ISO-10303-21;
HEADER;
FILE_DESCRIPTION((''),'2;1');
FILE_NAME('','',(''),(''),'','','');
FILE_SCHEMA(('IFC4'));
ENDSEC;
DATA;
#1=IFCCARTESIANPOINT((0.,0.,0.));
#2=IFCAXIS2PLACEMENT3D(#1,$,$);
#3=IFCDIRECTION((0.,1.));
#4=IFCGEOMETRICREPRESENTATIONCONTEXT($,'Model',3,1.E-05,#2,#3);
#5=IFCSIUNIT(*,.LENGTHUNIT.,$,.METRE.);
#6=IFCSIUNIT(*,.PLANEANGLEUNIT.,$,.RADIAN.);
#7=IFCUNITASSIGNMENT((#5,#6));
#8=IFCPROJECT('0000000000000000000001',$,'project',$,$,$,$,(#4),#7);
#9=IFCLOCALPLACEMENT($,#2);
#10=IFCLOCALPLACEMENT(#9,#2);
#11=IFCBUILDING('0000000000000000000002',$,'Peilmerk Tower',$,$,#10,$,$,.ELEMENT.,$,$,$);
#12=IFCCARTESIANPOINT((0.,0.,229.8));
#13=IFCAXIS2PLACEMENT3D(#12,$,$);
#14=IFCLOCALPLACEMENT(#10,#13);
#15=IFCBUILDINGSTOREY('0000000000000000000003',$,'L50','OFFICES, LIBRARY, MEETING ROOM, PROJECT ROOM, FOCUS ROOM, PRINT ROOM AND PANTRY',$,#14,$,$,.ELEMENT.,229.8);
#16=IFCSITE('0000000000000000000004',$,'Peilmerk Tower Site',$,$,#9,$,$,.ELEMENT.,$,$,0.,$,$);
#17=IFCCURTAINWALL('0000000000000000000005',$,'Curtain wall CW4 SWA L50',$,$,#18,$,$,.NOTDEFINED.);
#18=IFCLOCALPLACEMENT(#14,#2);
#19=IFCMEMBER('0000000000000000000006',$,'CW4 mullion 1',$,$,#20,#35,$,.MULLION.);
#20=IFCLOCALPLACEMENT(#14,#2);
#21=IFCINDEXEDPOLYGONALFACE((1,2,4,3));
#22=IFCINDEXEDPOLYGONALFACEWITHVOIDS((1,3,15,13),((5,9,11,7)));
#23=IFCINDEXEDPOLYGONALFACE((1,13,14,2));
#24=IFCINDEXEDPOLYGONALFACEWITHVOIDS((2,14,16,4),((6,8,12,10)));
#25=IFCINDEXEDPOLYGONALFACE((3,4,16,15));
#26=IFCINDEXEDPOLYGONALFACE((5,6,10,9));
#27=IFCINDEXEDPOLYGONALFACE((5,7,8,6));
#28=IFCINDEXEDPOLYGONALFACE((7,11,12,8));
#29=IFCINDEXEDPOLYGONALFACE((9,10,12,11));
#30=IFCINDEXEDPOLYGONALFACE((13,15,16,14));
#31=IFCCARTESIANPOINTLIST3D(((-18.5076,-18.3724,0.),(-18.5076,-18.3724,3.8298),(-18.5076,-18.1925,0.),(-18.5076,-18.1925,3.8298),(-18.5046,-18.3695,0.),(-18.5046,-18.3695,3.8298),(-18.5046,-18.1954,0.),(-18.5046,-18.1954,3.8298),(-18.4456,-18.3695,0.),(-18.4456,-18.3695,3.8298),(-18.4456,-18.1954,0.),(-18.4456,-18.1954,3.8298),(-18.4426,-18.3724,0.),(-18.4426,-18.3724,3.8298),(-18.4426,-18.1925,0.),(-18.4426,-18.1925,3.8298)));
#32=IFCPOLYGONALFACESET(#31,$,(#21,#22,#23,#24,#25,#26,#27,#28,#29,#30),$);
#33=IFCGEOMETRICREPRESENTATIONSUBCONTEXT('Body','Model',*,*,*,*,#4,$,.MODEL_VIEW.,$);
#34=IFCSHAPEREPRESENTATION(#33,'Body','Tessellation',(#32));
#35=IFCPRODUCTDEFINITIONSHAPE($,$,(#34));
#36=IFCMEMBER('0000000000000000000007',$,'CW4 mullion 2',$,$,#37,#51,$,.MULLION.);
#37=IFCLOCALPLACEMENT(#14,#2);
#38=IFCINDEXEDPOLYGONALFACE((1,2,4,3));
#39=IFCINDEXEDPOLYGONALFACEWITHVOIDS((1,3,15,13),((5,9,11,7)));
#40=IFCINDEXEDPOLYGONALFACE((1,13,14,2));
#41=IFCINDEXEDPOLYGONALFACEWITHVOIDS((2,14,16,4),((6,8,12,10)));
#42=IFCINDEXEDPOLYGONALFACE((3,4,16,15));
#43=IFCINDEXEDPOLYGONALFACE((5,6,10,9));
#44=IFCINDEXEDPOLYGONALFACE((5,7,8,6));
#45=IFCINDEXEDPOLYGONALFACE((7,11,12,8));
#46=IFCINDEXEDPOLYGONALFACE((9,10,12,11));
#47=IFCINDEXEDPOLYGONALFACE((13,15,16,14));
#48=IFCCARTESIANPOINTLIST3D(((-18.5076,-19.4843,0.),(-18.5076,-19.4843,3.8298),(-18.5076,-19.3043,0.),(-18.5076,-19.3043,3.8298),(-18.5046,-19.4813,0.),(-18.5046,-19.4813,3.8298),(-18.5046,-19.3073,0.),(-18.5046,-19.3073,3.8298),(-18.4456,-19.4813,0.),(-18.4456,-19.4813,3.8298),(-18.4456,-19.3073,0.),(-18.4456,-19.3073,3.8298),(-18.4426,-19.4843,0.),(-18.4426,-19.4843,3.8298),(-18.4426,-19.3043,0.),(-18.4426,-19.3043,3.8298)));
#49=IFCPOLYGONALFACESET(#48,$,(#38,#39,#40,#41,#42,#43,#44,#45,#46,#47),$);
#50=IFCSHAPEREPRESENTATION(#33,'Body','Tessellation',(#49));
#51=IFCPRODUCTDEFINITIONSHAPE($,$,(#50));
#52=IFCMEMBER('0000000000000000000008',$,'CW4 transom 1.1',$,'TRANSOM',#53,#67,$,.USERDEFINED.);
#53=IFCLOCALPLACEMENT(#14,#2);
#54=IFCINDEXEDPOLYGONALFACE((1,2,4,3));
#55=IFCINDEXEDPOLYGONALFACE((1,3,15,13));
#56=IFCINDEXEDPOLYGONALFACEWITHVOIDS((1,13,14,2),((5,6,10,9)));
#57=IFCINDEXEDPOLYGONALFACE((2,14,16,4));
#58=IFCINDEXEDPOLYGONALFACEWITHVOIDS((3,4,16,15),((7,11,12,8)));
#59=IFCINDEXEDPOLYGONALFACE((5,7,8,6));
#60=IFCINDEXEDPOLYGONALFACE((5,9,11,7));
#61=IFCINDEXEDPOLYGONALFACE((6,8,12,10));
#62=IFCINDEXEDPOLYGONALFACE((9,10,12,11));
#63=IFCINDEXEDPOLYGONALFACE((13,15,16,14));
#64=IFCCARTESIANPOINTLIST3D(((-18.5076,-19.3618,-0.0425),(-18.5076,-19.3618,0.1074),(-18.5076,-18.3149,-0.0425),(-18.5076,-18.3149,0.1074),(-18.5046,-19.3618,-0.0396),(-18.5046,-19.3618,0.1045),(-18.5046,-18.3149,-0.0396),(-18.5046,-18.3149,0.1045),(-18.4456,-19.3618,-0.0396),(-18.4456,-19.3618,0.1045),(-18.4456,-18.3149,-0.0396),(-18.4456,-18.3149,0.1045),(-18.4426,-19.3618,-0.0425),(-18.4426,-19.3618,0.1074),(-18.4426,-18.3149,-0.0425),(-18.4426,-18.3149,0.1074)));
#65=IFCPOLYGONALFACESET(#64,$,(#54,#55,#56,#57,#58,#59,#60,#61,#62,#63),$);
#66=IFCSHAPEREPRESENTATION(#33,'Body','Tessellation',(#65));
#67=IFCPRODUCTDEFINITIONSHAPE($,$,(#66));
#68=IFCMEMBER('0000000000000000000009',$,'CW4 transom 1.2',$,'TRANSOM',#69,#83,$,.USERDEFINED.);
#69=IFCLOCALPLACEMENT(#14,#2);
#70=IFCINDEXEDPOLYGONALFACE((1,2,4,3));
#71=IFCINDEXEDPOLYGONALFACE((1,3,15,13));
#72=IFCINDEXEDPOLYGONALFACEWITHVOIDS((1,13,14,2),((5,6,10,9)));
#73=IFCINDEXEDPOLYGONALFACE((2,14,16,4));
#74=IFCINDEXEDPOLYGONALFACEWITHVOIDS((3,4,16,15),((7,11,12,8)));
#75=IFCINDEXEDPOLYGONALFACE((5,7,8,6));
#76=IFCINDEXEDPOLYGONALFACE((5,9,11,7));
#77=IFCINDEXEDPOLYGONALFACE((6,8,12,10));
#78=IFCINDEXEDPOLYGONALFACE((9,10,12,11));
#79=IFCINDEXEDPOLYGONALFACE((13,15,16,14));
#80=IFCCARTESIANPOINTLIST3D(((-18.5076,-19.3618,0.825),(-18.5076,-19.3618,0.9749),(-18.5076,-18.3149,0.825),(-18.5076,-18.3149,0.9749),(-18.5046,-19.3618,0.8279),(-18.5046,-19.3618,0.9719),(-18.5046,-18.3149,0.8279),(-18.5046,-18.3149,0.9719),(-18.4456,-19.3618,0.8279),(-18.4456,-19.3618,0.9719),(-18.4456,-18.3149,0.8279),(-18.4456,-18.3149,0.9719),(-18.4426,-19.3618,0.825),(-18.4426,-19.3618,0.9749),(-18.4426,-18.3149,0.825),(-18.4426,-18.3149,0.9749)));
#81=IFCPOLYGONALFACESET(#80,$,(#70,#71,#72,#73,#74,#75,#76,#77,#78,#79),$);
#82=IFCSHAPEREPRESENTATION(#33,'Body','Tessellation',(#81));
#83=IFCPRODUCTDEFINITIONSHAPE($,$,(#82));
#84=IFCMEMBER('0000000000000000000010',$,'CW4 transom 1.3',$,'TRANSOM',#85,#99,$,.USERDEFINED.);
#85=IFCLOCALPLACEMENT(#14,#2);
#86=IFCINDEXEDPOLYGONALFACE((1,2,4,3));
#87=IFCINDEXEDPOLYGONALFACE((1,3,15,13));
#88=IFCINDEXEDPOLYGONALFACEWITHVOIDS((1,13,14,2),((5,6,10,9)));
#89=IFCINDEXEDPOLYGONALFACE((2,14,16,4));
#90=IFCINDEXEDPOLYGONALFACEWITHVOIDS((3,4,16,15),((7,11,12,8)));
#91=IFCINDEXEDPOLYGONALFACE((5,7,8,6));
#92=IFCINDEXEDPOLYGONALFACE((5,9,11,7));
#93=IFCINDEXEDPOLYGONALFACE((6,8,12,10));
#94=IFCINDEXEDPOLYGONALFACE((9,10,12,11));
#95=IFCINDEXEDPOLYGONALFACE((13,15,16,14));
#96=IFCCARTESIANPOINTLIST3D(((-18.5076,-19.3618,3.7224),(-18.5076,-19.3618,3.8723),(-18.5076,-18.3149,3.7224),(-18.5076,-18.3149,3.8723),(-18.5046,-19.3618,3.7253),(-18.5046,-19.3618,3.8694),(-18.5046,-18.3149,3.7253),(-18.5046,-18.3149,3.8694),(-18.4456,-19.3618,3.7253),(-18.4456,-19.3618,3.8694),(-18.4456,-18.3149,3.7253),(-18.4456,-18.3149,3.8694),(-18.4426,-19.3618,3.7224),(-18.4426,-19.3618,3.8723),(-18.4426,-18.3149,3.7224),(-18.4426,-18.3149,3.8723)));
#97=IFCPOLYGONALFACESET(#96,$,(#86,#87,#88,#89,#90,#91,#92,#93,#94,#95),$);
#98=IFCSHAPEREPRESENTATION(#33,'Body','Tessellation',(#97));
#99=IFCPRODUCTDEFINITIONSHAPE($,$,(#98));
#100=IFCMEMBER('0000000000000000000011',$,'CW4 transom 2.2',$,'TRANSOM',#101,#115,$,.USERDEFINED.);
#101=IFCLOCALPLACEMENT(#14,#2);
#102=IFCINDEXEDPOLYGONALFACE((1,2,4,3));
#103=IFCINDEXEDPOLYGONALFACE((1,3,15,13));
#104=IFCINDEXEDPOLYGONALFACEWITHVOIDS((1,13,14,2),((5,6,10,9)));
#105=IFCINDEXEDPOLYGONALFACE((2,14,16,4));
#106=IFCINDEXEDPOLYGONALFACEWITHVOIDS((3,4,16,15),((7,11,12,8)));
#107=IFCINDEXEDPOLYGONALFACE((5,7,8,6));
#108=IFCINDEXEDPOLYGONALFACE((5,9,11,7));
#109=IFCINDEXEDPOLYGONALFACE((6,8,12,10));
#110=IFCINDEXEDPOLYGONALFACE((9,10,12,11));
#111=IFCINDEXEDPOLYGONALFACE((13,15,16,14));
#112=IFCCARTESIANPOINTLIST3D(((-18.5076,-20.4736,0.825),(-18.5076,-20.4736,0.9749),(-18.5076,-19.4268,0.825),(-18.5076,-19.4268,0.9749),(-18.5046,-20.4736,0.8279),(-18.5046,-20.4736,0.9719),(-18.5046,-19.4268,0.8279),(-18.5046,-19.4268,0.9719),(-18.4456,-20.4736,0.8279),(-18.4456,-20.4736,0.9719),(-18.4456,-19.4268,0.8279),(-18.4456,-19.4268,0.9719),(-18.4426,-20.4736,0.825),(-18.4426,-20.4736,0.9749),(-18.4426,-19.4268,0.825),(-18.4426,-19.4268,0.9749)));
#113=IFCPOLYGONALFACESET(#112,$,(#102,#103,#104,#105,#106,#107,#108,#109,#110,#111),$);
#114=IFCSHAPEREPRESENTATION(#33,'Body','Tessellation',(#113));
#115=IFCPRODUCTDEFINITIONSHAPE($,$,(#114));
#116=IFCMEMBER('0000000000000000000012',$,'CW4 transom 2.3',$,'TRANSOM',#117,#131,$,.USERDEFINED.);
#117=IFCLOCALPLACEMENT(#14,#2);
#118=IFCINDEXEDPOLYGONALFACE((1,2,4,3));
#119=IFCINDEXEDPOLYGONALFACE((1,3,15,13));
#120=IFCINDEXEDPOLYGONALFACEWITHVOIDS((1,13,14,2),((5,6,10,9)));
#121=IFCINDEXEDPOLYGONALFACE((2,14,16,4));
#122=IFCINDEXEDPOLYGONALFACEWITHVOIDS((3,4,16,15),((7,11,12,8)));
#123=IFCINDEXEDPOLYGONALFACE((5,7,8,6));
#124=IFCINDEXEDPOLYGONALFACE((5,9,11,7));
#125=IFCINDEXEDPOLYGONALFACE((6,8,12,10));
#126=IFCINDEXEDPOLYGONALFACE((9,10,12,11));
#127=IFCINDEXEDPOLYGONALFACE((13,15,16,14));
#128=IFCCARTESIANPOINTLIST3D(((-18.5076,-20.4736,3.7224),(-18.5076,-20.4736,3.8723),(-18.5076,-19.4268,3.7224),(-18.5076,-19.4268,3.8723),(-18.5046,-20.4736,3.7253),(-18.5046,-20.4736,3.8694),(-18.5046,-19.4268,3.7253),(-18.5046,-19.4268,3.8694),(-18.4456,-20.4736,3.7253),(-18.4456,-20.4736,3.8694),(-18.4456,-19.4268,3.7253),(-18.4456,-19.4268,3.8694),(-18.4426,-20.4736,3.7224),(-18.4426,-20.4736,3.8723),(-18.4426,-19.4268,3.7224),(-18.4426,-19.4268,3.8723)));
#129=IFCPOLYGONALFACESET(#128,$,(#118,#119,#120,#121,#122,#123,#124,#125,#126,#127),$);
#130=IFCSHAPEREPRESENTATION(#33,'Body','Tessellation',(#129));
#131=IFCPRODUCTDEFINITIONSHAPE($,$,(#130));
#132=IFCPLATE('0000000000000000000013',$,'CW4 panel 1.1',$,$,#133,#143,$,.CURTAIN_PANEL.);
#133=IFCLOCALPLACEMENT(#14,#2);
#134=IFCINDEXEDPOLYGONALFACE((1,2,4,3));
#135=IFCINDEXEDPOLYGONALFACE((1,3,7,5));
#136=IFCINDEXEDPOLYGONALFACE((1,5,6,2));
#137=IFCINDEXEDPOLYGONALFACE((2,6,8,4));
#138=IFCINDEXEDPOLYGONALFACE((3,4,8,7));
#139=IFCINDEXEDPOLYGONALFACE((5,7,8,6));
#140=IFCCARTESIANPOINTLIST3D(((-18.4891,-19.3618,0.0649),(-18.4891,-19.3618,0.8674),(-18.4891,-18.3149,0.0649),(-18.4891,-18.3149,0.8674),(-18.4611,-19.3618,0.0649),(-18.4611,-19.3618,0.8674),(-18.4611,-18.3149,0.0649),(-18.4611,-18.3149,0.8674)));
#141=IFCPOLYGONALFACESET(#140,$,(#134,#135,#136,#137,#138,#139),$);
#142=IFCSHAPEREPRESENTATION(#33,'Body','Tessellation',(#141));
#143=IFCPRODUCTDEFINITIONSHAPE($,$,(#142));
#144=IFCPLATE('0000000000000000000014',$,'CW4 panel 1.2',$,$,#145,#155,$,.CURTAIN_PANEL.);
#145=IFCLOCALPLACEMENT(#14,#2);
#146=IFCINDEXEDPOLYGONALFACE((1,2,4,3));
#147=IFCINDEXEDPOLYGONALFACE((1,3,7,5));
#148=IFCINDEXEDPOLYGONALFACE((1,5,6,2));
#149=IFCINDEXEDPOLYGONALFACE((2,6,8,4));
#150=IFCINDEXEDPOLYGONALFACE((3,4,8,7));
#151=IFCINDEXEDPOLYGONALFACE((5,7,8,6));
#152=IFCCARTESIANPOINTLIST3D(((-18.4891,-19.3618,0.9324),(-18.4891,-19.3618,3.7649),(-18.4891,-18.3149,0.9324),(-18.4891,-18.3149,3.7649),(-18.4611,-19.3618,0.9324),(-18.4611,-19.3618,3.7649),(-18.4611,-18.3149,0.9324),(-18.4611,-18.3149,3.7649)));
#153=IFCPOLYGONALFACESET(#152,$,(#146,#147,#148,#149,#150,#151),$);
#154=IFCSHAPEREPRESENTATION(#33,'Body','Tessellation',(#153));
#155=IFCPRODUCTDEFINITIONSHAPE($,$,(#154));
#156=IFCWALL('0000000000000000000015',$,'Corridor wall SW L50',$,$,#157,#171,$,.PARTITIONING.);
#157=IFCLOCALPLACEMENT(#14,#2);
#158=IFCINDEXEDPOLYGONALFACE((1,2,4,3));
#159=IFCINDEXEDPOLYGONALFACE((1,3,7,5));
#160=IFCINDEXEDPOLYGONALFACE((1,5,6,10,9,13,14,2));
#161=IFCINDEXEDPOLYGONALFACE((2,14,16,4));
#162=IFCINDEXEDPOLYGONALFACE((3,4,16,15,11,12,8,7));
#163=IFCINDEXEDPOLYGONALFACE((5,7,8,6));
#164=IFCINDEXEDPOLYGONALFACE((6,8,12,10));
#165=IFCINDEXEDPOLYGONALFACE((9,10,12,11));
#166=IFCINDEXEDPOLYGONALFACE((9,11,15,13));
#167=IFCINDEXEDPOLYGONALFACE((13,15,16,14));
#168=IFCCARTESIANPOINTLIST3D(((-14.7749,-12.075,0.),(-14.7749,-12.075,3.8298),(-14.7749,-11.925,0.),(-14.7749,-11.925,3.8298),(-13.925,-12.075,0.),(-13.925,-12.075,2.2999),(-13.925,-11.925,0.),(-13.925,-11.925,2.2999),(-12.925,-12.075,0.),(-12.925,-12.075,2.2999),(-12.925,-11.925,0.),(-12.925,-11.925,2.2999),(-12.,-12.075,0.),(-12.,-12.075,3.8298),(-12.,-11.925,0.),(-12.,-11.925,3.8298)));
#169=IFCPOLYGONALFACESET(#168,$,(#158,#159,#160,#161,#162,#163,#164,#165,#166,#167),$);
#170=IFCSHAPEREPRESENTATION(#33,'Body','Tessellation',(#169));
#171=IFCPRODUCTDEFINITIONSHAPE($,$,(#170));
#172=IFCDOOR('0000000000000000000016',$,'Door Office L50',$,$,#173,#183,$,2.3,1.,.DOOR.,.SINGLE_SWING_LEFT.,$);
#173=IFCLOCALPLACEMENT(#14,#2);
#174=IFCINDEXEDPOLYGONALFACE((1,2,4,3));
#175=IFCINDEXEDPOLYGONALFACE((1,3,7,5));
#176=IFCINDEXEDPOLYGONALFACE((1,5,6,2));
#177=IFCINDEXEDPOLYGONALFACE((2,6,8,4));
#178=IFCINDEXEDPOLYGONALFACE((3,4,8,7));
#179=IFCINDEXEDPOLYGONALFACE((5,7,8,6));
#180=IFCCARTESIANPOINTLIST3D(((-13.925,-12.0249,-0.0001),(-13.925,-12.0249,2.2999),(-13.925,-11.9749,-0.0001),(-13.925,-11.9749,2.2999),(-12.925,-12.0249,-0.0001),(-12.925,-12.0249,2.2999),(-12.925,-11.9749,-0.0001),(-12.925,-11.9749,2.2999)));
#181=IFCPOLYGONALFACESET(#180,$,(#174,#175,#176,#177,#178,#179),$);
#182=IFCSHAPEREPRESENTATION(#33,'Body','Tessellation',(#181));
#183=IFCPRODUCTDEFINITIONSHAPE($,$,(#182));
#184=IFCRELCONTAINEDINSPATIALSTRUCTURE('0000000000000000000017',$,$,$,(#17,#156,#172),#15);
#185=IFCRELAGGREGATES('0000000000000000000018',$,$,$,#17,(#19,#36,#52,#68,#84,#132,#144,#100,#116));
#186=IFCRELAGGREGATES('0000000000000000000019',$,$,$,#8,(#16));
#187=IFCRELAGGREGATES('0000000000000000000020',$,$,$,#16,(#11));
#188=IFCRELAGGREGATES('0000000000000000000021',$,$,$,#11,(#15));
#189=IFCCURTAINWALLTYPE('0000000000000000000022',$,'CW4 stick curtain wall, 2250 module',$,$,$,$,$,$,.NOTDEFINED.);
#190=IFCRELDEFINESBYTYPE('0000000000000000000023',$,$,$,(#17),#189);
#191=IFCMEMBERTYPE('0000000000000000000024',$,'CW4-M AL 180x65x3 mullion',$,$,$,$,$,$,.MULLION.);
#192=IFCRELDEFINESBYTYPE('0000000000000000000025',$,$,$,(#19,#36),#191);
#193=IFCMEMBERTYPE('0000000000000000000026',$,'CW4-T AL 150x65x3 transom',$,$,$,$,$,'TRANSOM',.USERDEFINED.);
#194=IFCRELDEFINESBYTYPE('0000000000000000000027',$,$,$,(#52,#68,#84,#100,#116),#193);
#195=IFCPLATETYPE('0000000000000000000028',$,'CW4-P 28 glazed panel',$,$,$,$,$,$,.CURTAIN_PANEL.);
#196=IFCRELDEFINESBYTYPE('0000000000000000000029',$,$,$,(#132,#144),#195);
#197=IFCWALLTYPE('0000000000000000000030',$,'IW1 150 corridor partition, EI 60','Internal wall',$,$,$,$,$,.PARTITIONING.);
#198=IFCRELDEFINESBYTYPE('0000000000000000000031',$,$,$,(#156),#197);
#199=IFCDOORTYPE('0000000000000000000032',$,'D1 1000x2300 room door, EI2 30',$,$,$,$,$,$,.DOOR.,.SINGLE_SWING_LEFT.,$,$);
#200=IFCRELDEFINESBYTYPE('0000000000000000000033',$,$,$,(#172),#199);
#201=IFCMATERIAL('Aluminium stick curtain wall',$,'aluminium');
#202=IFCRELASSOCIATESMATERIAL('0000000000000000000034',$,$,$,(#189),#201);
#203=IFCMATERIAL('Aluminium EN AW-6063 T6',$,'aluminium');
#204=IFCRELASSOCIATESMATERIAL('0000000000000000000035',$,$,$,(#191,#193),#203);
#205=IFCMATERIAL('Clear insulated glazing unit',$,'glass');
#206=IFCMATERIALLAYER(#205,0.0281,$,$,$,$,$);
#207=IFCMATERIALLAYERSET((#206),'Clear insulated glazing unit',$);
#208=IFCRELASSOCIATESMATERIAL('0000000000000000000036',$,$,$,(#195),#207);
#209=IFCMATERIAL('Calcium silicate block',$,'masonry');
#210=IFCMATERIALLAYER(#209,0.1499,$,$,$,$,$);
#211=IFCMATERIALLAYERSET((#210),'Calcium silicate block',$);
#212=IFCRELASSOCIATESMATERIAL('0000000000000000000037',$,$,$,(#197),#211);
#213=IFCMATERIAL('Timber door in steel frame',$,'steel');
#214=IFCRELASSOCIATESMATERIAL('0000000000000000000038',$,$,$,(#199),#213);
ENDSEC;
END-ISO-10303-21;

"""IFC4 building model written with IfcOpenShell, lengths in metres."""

from ifc_helpers import new_model, si_unit, direction, frame, frame_2d, origin, origin_2d, place, context, subcontext, project, spatial, rectangle, hollow_rectangle, extrude, material, layer, layer_set, material_profile, profile_set, type_object, element, fill, aggregate, save


model = new_model("IFC4")

# Units and contexts
model_context = context("Model", 3, precision=1e-05, world=origin(), true_north=direction((0.0, 1.0)))
body_context = subcontext(model_context, "Body", "Model", "MODEL_VIEW")
ifc_project = project(units=[si_unit("LENGTHUNIT", "METRE"), si_unit("PLANEANGLEUNIT", "RADIAN")], contexts=[model_context])

# Site, building, storey
site_placement = place(None, origin())
site = spatial("IfcSite", under=ifc_project, at=site_placement, Name="Peilmerk Tower Site", CompositionType="ELEMENT", RefElevation=0.0)
building_placement = place(site_placement, origin())
building = spatial("IfcBuilding", under=site, at=building_placement, Name="Peilmerk Tower", CompositionType="ELEMENT")
storey_placement = place(building_placement, frame((0.0, 0.0, 229.8)))
storey = spatial("IfcBuildingStorey", under=building, at=storey_placement, Name="L50", Description="OFFICES, LIBRARY, MEETING ROOM, PROJECT ROOM, FOCUS ROOM, PRINT ROOM AND PANTRY", CompositionType="ELEMENT", Elevation=229.8)

# Curtain wall, members, plates
ifc_material_1 = material(Name="Aluminium stick curtain wall", Category="aluminium")
curtain_wall_type = type_object("IfcCurtainWallType", Name="CW4 stick curtain wall, 2250 module", PredefinedType="NOTDEFINED", material=ifc_material_1)
curtain_wall_placement = place(storey_placement, origin())
curtain_wall = element("IfcCurtainWall", 1, at=curtain_wall_placement, inside=storey, type_object=curtain_wall_type, Name="Curtain wall CW4 SWA L50", PredefinedType="NOTDEFINED")
ifc_material_2 = material(Name="Aluminium EN AW-6063 T6", Category="aluminium")
ifc_material_profile_1 = material_profile(ifc_material_2, hollow_rectangle(XDim=0.0649, YDim=0.1799, WallThickness=0.0029, at=origin_2d()), Name="AL 180x65x3")
ifc_profile_set_1 = profile_set([ifc_material_profile_1], Name="Aluminium EN AW-6063 T6")
member_type_1 = type_object("IfcMemberType", Name="CW4-M AL 180x65x3 mullion", PredefinedType="MULLION", material=ifc_profile_set_1)
member_1_placement = place(storey_placement, frame((-18.4751, -18.2825, 0.0), z_axis=(0.0, 0.0, 1.0), x_axis=(1.0, 0.0, 0.0)))
member_1 = element("IfcMember", 2, at=member_1_placement, type_object=member_type_1, Name="CW4 mullion 1", PredefinedType="MULLION", context=body_context, shape_type="SweptSolid", body=[
    extrude(hollow_rectangle(XDim=0.0649, YDim=0.1799, WallThickness=0.0029, at=origin_2d()), origin(), (0.0, 0.0, 1.0), 3.8298),
])
member_2_placement = place(storey_placement, frame((-18.4751, -19.3943, 0.0), z_axis=(0.0, 0.0, 1.0), x_axis=(1.0, 0.0, 0.0)))
member_2 = element("IfcMember", 3, at=member_2_placement, type_object=member_type_1, Name="CW4 mullion 2", PredefinedType="MULLION", context=body_context, shape_type="SweptSolid", body=[
    extrude(hollow_rectangle(XDim=0.0649, YDim=0.1799, WallThickness=0.0029, at=origin_2d()), origin(), (0.0, 0.0, 1.0), 3.8298),
])
ifc_material_profile_2 = material_profile(ifc_material_2, hollow_rectangle(XDim=0.0649, YDim=0.1499, WallThickness=0.0029, at=origin_2d()), Name="AL 150x65x3")
ifc_profile_set_2 = profile_set([ifc_material_profile_2], Name="Aluminium EN AW-6063 T6")
member_type_2 = type_object("IfcMemberType", Name="CW4-T AL 150x65x3 transom", ElementType="TRANSOM", PredefinedType="USERDEFINED", material=ifc_profile_set_2)
member_3_placement = place(storey_placement, frame((-18.4751, -18.3149, 0.0325), z_axis=(0.0, -1.0, 0.0), x_axis=(1.0, 0.0, 0.0)))
member_3 = element("IfcMember", 4, at=member_3_placement, type_object=member_type_2, Name="CW4 transom 1.1", ObjectType="TRANSOM", PredefinedType="USERDEFINED", context=body_context, shape_type="SweptSolid", body=[
    extrude(hollow_rectangle(XDim=0.0649, YDim=0.1499, WallThickness=0.0029, at=origin_2d()), origin(), (0.0, 0.0, 1.0), 1.0469),
])
member_4_placement = place(storey_placement, frame((-18.4751, -18.3149, 0.8999), z_axis=(0.0, -1.0, 0.0), x_axis=(1.0, 0.0, 0.0)))
member_4 = element("IfcMember", 5, at=member_4_placement, type_object=member_type_2, Name="CW4 transom 1.2", ObjectType="TRANSOM", PredefinedType="USERDEFINED", context=body_context, shape_type="SweptSolid", body=[
    extrude(hollow_rectangle(XDim=0.0649, YDim=0.1499, WallThickness=0.0029, at=origin_2d()), origin(), (0.0, 0.0, 1.0), 1.0469),
])
member_5_placement = place(storey_placement, frame((-18.4751, -18.3149, 3.7974), z_axis=(0.0, -1.0, 0.0), x_axis=(1.0, 0.0, 0.0)))
member_5 = element("IfcMember", 6, at=member_5_placement, type_object=member_type_2, Name="CW4 transom 1.3", ObjectType="TRANSOM", PredefinedType="USERDEFINED", context=body_context, shape_type="SweptSolid", body=[
    extrude(hollow_rectangle(XDim=0.0649, YDim=0.1499, WallThickness=0.0029, at=origin_2d()), origin(), (0.0, 0.0, 1.0), 1.0469),
])
member_6_placement = place(storey_placement, frame((-18.4751, -19.4268, 0.8999), z_axis=(0.0, -1.0, 0.0), x_axis=(1.0, 0.0, 0.0)))
member_6 = element("IfcMember", 7, at=member_6_placement, type_object=member_type_2, Name="CW4 transom 2.2", ObjectType="TRANSOM", PredefinedType="USERDEFINED", context=body_context, shape_type="SweptSolid", body=[
    extrude(hollow_rectangle(XDim=0.0649, YDim=0.1499, WallThickness=0.0029, at=origin_2d()), origin(), (0.0, 0.0, 1.0), 1.0469),
])
member_7_placement = place(storey_placement, frame((-18.4751, -19.4268, 3.7974), z_axis=(0.0, -1.0, 0.0), x_axis=(1.0, 0.0, 0.0)))
member_7 = element("IfcMember", 8, at=member_7_placement, type_object=member_type_2, Name="CW4 transom 2.3", ObjectType="TRANSOM", PredefinedType="USERDEFINED", context=body_context, shape_type="SweptSolid", body=[
    extrude(hollow_rectangle(XDim=0.0649, YDim=0.1499, WallThickness=0.0029, at=origin_2d()), origin(), (0.0, 0.0, 1.0), 1.0469),
])
ifc_material_3 = material(Name="Clear insulated glazing unit", Category="glass")
ifc_layer_1 = layer(ifc_material_3, 0.0281)
ifc_layer_set_1 = layer_set([ifc_layer_1], Name="Clear insulated glazing unit")
plate_type = type_object("IfcPlateType", Name="CW4-P 28 glazed panel", PredefinedType="CURTAIN_PANEL", material=ifc_layer_set_1)
plate_1_placement = place(storey_placement, frame((-18.4751, -18.8384, 0.0649), z_axis=(0.0, 0.0, 1.0), x_axis=(0.0, -1.0, 0.0)))
plate_1 = element("IfcPlate", 9, at=plate_1_placement, type_object=plate_type, Name="CW4 panel 1.1", PredefinedType="CURTAIN_PANEL", context=body_context, shape_type="SweptSolid", body=[
    extrude(rectangle(XDim=1.0469, YDim=0.0281, at=origin_2d()), origin(), (0.0, 0.0, 1.0), 0.8025),
])
plate_2_placement = place(storey_placement, frame((-18.4751, -18.8384, 0.9324), z_axis=(0.0, 0.0, 1.0), x_axis=(0.0, -1.0, 0.0)))
plate_2 = element("IfcPlate", 10, at=plate_2_placement, type_object=plate_type, Name="CW4 panel 1.2", PredefinedType="CURTAIN_PANEL", context=body_context, shape_type="SweptSolid", body=[
    extrude(rectangle(XDim=1.0469, YDim=0.0281, at=origin_2d()), origin(), (0.0, 0.0, 1.0), 2.8325),
])
aggregate(curtain_wall, [member_1, member_2, member_3, member_4, member_5, plate_1, plate_2, member_6, member_7])

# Wall, opening, door
ifc_material_4 = material(Name="Calcium silicate block", Category="masonry")
ifc_layer_2 = layer(ifc_material_4, 0.1499)
ifc_layer_set_2 = layer_set([ifc_layer_2], Name="Calcium silicate block")
wall_type_1 = type_object("IfcWallType", Name="IW1 150 corridor partition, EI 60", Description="Internal wall", PredefinedType="PARTITIONING", material=ifc_layer_set_2)
wall_1_placement = place(storey_placement, frame((-12.0, -12.0, 0.0), z_axis=(0.0, 0.0, 1.0), x_axis=(-1.0, 0.0, 0.0)))
wall_1 = element("IfcWall", 11, at=wall_1_placement, inside=storey, type_object=wall_type_1, Name="Corridor wall SW L50", PredefinedType="PARTITIONING", context=body_context, shape_type="SweptSolid", body=[
    extrude(rectangle(XDim=2.7749, YDim=0.1499, at=frame_2d((1.3875, 0.0))), origin(), (0.0, 0.0, 1.0), 3.8298),
])
opening_placement = place(wall_1_placement, frame((0.925, 0.0, 0.0)))
opening = element("IfcOpeningElement", 12, at=opening_placement, cuts=wall_1, PredefinedType="OPENING", context=body_context, shape_type="SweptSolid", body=[
    extrude(rectangle(XDim=1.0, YDim=2.3, at=frame_2d((0.5, 1.1499))), frame((0.0, 0.085, 0.0), z_axis=(0.0, -1.0, 0.0), x_axis=(1.0, 0.0, 0.0)), (0.0, 0.0, 1.0), 0.1699),
])
ifc_material_5 = material(Name="Timber door in steel frame", Category="steel")
door_type = type_object("IfcDoorType", Name="D1 1000x2300 room door, EI2 30", OperationType="SINGLE_SWING_LEFT", PredefinedType="DOOR", material=ifc_material_5)
door_placement = place(opening_placement, origin())
door = element("IfcDoor", 13, at=door_placement, inside=storey, type_object=door_type, Name="Door Office L50", OperationType="SINGLE_SWING_LEFT", OverallHeight=2.3, OverallWidth=1.0, PredefinedType="DOOR", context=body_context, shape_type="SweptSolid", body=[
    extrude(rectangle(XDim=1.0, YDim=2.3, at=frame_2d((0.5, 1.1499))), frame((0.0, 0.0249, 0.0), z_axis=(0.0, -1.0, 0.0), x_axis=(1.0, 0.0, 0.0)), (0.0, 0.0, 1.0), 0.05),
])
fill(opening, door)

save(model, "model.ifc")
